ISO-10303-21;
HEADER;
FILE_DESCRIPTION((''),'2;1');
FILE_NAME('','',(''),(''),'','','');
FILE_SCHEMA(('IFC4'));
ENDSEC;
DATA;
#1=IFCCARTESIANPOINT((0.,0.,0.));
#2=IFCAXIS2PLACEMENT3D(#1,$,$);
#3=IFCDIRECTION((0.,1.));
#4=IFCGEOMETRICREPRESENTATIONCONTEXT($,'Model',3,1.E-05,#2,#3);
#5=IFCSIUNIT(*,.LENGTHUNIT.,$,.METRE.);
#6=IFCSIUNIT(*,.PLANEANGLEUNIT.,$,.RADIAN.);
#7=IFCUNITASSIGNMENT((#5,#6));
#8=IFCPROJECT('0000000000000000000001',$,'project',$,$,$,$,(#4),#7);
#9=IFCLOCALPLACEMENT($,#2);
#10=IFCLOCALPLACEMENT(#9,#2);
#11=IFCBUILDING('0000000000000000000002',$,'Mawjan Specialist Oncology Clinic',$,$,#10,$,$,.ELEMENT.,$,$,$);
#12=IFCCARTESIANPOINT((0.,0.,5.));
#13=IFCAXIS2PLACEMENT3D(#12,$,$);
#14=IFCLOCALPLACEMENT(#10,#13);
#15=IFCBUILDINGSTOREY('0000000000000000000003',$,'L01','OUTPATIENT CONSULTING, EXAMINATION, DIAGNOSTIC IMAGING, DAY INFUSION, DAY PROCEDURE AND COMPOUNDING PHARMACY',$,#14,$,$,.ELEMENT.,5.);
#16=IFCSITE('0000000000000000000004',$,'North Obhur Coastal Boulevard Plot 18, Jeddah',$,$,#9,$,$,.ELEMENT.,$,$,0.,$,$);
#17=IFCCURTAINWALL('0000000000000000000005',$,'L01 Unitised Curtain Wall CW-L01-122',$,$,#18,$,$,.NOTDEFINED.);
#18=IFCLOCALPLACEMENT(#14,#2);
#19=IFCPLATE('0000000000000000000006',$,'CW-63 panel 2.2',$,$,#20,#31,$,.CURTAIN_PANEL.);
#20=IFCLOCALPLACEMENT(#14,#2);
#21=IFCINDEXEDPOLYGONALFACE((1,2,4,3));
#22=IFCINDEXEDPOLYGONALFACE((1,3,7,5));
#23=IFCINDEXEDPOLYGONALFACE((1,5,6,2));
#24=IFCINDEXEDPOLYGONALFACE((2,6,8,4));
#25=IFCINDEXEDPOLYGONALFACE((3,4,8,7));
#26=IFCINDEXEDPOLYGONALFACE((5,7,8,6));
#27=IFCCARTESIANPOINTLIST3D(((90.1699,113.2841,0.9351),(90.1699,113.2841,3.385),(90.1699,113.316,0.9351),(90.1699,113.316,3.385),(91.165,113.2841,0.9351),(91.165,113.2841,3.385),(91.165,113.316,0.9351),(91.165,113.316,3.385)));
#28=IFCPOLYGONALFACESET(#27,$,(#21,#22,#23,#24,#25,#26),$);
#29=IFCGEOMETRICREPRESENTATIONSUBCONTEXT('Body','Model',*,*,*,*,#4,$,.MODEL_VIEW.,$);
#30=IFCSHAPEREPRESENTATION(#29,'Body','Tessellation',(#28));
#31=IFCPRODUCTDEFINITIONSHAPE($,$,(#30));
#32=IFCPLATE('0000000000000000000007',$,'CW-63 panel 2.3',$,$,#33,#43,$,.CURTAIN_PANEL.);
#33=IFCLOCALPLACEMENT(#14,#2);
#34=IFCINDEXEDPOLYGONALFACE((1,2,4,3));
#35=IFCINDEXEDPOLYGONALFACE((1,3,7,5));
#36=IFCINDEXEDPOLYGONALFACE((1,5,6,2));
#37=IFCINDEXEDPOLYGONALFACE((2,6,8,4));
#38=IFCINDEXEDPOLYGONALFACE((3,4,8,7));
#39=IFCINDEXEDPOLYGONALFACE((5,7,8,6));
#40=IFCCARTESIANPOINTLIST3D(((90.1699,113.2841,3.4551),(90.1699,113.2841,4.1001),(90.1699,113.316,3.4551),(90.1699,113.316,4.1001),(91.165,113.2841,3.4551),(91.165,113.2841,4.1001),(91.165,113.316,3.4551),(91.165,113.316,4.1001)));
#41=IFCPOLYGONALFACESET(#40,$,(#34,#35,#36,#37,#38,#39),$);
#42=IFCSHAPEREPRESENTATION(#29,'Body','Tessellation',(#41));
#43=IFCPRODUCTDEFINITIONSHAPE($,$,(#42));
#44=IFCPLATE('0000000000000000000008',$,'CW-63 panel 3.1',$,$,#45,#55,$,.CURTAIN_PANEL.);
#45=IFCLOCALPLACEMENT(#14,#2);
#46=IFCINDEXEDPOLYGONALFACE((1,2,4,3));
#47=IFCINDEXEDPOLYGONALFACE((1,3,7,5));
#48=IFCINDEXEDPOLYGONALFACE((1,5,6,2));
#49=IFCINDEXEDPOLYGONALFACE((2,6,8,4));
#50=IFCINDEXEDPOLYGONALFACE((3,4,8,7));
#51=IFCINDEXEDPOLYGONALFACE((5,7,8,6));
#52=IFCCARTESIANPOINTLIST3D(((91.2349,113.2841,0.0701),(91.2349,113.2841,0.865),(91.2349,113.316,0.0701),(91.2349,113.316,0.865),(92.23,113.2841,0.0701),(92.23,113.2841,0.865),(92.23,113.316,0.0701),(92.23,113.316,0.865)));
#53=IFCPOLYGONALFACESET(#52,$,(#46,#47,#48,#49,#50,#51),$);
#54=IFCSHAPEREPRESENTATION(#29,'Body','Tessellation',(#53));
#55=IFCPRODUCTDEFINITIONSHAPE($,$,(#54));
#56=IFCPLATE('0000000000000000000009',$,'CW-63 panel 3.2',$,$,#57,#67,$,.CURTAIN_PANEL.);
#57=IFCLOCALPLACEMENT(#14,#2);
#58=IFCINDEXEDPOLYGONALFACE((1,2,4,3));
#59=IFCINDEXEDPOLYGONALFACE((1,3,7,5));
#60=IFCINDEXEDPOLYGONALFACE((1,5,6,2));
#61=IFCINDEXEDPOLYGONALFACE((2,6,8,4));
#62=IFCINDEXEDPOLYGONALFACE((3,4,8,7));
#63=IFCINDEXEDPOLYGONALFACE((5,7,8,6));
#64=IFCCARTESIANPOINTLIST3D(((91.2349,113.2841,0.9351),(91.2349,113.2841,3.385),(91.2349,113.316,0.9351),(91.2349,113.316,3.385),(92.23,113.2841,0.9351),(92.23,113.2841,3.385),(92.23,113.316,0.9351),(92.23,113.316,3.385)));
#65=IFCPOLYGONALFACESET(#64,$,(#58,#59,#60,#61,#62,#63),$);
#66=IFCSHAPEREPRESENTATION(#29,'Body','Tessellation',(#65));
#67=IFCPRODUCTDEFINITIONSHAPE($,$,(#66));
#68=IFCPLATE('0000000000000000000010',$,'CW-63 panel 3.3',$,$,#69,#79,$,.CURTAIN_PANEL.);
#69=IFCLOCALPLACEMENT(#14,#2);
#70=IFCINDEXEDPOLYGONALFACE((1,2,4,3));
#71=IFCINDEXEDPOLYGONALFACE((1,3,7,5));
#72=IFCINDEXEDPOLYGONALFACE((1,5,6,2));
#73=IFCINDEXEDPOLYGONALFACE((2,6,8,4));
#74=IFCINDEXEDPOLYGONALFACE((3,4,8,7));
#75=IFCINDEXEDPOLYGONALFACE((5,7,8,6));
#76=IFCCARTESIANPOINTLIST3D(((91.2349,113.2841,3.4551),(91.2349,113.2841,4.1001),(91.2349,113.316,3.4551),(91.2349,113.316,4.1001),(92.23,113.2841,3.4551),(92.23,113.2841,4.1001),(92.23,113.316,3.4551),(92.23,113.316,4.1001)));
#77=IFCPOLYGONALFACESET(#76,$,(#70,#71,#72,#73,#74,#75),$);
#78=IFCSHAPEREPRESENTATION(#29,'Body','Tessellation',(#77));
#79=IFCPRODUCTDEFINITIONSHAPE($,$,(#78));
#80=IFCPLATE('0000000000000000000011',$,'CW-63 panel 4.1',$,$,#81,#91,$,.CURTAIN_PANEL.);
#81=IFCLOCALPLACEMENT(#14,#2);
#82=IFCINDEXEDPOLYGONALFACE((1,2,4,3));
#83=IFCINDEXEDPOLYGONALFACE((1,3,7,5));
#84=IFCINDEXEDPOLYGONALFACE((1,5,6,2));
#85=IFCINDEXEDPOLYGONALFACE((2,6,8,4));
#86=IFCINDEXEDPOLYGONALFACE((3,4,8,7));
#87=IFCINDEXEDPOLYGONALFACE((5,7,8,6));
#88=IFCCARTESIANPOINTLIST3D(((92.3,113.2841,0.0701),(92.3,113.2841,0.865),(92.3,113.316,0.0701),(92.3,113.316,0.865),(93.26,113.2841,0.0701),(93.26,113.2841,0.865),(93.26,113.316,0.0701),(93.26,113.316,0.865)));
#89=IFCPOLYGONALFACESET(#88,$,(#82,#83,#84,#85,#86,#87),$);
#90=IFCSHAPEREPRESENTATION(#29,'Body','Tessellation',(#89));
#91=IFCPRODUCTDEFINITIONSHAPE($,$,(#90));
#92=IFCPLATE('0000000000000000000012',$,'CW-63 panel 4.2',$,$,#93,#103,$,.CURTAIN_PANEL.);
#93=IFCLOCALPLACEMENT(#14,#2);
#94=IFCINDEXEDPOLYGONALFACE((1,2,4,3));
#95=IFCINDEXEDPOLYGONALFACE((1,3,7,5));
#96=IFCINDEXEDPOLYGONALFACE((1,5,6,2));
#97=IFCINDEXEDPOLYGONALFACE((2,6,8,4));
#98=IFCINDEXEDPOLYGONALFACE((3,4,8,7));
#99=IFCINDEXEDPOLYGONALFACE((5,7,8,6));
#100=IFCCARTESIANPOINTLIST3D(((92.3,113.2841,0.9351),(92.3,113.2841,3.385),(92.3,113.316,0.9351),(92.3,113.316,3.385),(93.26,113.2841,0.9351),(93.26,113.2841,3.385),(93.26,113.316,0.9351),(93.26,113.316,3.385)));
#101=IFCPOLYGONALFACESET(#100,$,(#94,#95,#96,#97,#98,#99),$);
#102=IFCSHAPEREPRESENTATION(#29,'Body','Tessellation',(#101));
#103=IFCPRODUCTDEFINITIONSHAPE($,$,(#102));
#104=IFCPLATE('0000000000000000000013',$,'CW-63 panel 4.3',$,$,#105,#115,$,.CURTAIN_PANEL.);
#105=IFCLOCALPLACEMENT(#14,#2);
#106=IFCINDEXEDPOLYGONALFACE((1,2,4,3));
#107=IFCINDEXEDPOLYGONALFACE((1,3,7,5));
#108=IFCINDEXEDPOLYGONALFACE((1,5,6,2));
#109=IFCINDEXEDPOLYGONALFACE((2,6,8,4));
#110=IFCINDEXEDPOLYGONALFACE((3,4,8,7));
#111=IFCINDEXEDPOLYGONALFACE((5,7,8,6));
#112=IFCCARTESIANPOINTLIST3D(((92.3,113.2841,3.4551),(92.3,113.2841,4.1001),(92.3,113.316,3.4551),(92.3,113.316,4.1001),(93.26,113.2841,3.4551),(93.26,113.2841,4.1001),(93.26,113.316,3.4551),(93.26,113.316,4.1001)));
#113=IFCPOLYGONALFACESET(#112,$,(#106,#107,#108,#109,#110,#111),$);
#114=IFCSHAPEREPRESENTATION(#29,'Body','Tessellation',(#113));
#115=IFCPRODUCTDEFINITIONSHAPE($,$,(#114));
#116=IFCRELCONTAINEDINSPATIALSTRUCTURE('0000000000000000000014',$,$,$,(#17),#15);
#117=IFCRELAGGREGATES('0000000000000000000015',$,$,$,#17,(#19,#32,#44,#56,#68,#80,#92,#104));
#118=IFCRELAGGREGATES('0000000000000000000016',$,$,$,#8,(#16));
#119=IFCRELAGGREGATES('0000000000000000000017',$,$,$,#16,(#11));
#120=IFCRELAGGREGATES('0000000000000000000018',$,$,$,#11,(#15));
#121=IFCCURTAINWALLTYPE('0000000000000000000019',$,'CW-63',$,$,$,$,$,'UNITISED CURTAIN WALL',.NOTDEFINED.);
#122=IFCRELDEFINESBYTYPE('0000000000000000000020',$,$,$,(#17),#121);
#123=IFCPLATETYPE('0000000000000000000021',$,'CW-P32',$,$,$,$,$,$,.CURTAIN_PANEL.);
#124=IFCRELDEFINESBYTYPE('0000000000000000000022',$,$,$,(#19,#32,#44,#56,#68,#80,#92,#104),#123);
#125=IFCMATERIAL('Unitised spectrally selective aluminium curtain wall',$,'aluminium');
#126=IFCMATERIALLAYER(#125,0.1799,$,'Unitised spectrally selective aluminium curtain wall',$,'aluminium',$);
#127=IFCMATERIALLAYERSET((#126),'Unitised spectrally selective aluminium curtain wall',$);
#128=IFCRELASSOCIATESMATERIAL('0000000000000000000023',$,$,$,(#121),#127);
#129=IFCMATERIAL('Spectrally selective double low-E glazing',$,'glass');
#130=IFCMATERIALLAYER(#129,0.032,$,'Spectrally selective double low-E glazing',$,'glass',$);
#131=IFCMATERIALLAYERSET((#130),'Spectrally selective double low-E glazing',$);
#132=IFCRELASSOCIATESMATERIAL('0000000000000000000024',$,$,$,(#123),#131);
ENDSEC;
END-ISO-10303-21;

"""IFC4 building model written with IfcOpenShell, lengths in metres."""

from ifc_helpers import new_model, si_unit, direction, frame, origin, origin_2d, place, context, subcontext, project, spatial, rectangle, extrude, material, layer, layer_set, type_object, element, aggregate, save


model = new_model("IFC4")

# Units and contexts
model_context = context("Model", 3, precision=1e-05, world=origin(), true_north=direction((0.0, 1.0)))
body_context = subcontext(model_context, "Body", "Model", "MODEL_VIEW")
ifc_project = project(units=[si_unit("LENGTHUNIT", "METRE"), si_unit("PLANEANGLEUNIT", "RADIAN")], contexts=[model_context])

# Site, building, storey
site_placement = place(None, origin())
site = spatial("IfcSite", under=ifc_project, at=site_placement, Name="North Obhur Coastal Boulevard Plot 18, Jeddah", CompositionType="ELEMENT", RefElevation=0.0)
building_placement = place(site_placement, origin())
building = spatial("IfcBuilding", under=site, at=building_placement, Name="Mawjan Specialist Oncology Clinic", CompositionType="ELEMENT")
storey_placement = place(building_placement, frame((0.0, 0.0, 5.0)))
storey = spatial("IfcBuildingStorey", under=building, at=storey_placement, Name="L01", Description="OUTPATIENT CONSULTING, EXAMINATION, DIAGNOSTIC IMAGING, DAY INFUSION, DAY PROCEDURE AND COMPOUNDING PHARMACY", CompositionType="ELEMENT", Elevation=5.0)

# Curtain wall, plates
ifc_material_1 = material(Name="Unitised spectrally selective aluminium curtain wall", Category="aluminium")
ifc_layer_1 = layer(ifc_material_1, 0.1799, Name="Unitised spectrally selective aluminium curtain wall", Category="aluminium")
ifc_layer_set_1 = layer_set([ifc_layer_1], Name="Unitised spectrally selective aluminium curtain wall")
curtain_wall_type = type_object("IfcCurtainWallType", Name="CW-63", ElementType="UNITISED CURTAIN WALL", PredefinedType="NOTDEFINED", material=ifc_layer_set_1)
curtain_wall_placement = place(storey_placement, origin())
curtain_wall = element("IfcCurtainWall", 1, at=curtain_wall_placement, inside=storey, type_object=curtain_wall_type, Name="L01 Unitised Curtain Wall CW-L01-122", PredefinedType="NOTDEFINED")
ifc_material_2 = material(Name="Spectrally selective double low-E glazing", Category="glass")
ifc_layer_2 = layer(ifc_material_2, 0.032, Name="Spectrally selective double low-E glazing", Category="glass")
ifc_layer_set_2 = layer_set([ifc_layer_2], Name="Spectrally selective double low-E glazing")
plate_type = type_object("IfcPlateType", Name="CW-P32", PredefinedType="CURTAIN_PANEL", material=ifc_layer_set_2)
plate_1_placement = place(storey_placement, frame((90.6675, 113.3, 0.9351), z_axis=(0.0, 0.0, 1.0), x_axis=(1.0, 0.0, 0.0)))
plate_1 = element("IfcPlate", 2, at=plate_1_placement, type_object=plate_type, Name="CW-63 panel 2.2", PredefinedType="CURTAIN_PANEL", context=body_context, shape_type="SweptSolid", body=[
    extrude(rectangle(XDim=0.9951, YDim=0.032, at=origin_2d()), origin(), (0.0, 0.0, 1.0), 2.45),
])
plate_2_placement = place(storey_placement, frame((90.6675, 113.3, 3.4551), z_axis=(0.0, 0.0, 1.0), x_axis=(1.0, 0.0, 0.0)))
plate_2 = element("IfcPlate", 3, at=plate_2_placement, type_object=plate_type, Name="CW-63 panel 2.3", PredefinedType="CURTAIN_PANEL", context=body_context, shape_type="SweptSolid", body=[
    extrude(rectangle(XDim=0.9951, YDim=0.032, at=origin_2d()), origin(), (0.0, 0.0, 1.0), 0.645),
])
plate_3_placement = place(storey_placement, frame((91.7324, 113.3, 0.0701), z_axis=(0.0, 0.0, 1.0), x_axis=(1.0, 0.0, 0.0)))
plate_3 = element("IfcPlate", 4, at=plate_3_placement, type_object=plate_type, Name="CW-63 panel 3.1", PredefinedType="CURTAIN_PANEL", context=body_context, shape_type="SweptSolid", body=[
    extrude(rectangle(XDim=0.9951, YDim=0.032, at=origin_2d()), origin(), (0.0, 0.0, 1.0), 0.7949),
])
plate_4_placement = place(storey_placement, frame((91.7324, 113.3, 0.9351), z_axis=(0.0, 0.0, 1.0), x_axis=(1.0, 0.0, 0.0)))
plate_4 = element("IfcPlate", 5, at=plate_4_placement, type_object=plate_type, Name="CW-63 panel 3.2", PredefinedType="CURTAIN_PANEL", context=body_context, shape_type="SweptSolid", body=[
    extrude(rectangle(XDim=0.9951, YDim=0.032, at=origin_2d()), origin(), (0.0, 0.0, 1.0), 2.45),
])
plate_5_placement = place(storey_placement, frame((91.7324, 113.3, 3.4551), z_axis=(0.0, 0.0, 1.0), x_axis=(1.0, 0.0, 0.0)))
plate_5 = element("IfcPlate", 6, at=plate_5_placement, type_object=plate_type, Name="CW-63 panel 3.3", PredefinedType="CURTAIN_PANEL", context=body_context, shape_type="SweptSolid", body=[
    extrude(rectangle(XDim=0.9951, YDim=0.032, at=origin_2d()), origin(), (0.0, 0.0, 1.0), 0.645),
])
plate_6_placement = place(storey_placement, frame((92.78, 113.3, 0.0701), z_axis=(0.0, 0.0, 1.0), x_axis=(1.0, 0.0, 0.0)))
plate_6 = element("IfcPlate", 7, at=plate_6_placement, type_object=plate_type, Name="CW-63 panel 4.1", PredefinedType="CURTAIN_PANEL", context=body_context, shape_type="SweptSolid", body=[
    extrude(rectangle(XDim=0.96, YDim=0.032, at=origin_2d()), origin(), (0.0, 0.0, 1.0), 0.7949),
])
plate_7_placement = place(storey_placement, frame((92.78, 113.3, 0.9351), z_axis=(0.0, 0.0, 1.0), x_axis=(1.0, 0.0, 0.0)))
plate_7 = element("IfcPlate", 8, at=plate_7_placement, type_object=plate_type, Name="CW-63 panel 4.2", PredefinedType="CURTAIN_PANEL", context=body_context, shape_type="SweptSolid", body=[
    extrude(rectangle(XDim=0.96, YDim=0.032, at=origin_2d()), origin(), (0.0, 0.0, 1.0), 2.45),
])
plate_8_placement = place(storey_placement, frame((92.78, 113.3, 3.4551), z_axis=(0.0, 0.0, 1.0), x_axis=(1.0, 0.0, 0.0)))
plate_8 = element("IfcPlate", 9, at=plate_8_placement, type_object=plate_type, Name="CW-63 panel 4.3", PredefinedType="CURTAIN_PANEL", context=body_context, shape_type="SweptSolid", body=[
    extrude(rectangle(XDim=0.96, YDim=0.032, at=origin_2d()), origin(), (0.0, 0.0, 1.0), 0.645),
])
aggregate(curtain_wall, [plate_1, plate_2, plate_3, plate_4, plate_5, plate_6, plate_7, plate_8])

save(model, "model.ifc")
